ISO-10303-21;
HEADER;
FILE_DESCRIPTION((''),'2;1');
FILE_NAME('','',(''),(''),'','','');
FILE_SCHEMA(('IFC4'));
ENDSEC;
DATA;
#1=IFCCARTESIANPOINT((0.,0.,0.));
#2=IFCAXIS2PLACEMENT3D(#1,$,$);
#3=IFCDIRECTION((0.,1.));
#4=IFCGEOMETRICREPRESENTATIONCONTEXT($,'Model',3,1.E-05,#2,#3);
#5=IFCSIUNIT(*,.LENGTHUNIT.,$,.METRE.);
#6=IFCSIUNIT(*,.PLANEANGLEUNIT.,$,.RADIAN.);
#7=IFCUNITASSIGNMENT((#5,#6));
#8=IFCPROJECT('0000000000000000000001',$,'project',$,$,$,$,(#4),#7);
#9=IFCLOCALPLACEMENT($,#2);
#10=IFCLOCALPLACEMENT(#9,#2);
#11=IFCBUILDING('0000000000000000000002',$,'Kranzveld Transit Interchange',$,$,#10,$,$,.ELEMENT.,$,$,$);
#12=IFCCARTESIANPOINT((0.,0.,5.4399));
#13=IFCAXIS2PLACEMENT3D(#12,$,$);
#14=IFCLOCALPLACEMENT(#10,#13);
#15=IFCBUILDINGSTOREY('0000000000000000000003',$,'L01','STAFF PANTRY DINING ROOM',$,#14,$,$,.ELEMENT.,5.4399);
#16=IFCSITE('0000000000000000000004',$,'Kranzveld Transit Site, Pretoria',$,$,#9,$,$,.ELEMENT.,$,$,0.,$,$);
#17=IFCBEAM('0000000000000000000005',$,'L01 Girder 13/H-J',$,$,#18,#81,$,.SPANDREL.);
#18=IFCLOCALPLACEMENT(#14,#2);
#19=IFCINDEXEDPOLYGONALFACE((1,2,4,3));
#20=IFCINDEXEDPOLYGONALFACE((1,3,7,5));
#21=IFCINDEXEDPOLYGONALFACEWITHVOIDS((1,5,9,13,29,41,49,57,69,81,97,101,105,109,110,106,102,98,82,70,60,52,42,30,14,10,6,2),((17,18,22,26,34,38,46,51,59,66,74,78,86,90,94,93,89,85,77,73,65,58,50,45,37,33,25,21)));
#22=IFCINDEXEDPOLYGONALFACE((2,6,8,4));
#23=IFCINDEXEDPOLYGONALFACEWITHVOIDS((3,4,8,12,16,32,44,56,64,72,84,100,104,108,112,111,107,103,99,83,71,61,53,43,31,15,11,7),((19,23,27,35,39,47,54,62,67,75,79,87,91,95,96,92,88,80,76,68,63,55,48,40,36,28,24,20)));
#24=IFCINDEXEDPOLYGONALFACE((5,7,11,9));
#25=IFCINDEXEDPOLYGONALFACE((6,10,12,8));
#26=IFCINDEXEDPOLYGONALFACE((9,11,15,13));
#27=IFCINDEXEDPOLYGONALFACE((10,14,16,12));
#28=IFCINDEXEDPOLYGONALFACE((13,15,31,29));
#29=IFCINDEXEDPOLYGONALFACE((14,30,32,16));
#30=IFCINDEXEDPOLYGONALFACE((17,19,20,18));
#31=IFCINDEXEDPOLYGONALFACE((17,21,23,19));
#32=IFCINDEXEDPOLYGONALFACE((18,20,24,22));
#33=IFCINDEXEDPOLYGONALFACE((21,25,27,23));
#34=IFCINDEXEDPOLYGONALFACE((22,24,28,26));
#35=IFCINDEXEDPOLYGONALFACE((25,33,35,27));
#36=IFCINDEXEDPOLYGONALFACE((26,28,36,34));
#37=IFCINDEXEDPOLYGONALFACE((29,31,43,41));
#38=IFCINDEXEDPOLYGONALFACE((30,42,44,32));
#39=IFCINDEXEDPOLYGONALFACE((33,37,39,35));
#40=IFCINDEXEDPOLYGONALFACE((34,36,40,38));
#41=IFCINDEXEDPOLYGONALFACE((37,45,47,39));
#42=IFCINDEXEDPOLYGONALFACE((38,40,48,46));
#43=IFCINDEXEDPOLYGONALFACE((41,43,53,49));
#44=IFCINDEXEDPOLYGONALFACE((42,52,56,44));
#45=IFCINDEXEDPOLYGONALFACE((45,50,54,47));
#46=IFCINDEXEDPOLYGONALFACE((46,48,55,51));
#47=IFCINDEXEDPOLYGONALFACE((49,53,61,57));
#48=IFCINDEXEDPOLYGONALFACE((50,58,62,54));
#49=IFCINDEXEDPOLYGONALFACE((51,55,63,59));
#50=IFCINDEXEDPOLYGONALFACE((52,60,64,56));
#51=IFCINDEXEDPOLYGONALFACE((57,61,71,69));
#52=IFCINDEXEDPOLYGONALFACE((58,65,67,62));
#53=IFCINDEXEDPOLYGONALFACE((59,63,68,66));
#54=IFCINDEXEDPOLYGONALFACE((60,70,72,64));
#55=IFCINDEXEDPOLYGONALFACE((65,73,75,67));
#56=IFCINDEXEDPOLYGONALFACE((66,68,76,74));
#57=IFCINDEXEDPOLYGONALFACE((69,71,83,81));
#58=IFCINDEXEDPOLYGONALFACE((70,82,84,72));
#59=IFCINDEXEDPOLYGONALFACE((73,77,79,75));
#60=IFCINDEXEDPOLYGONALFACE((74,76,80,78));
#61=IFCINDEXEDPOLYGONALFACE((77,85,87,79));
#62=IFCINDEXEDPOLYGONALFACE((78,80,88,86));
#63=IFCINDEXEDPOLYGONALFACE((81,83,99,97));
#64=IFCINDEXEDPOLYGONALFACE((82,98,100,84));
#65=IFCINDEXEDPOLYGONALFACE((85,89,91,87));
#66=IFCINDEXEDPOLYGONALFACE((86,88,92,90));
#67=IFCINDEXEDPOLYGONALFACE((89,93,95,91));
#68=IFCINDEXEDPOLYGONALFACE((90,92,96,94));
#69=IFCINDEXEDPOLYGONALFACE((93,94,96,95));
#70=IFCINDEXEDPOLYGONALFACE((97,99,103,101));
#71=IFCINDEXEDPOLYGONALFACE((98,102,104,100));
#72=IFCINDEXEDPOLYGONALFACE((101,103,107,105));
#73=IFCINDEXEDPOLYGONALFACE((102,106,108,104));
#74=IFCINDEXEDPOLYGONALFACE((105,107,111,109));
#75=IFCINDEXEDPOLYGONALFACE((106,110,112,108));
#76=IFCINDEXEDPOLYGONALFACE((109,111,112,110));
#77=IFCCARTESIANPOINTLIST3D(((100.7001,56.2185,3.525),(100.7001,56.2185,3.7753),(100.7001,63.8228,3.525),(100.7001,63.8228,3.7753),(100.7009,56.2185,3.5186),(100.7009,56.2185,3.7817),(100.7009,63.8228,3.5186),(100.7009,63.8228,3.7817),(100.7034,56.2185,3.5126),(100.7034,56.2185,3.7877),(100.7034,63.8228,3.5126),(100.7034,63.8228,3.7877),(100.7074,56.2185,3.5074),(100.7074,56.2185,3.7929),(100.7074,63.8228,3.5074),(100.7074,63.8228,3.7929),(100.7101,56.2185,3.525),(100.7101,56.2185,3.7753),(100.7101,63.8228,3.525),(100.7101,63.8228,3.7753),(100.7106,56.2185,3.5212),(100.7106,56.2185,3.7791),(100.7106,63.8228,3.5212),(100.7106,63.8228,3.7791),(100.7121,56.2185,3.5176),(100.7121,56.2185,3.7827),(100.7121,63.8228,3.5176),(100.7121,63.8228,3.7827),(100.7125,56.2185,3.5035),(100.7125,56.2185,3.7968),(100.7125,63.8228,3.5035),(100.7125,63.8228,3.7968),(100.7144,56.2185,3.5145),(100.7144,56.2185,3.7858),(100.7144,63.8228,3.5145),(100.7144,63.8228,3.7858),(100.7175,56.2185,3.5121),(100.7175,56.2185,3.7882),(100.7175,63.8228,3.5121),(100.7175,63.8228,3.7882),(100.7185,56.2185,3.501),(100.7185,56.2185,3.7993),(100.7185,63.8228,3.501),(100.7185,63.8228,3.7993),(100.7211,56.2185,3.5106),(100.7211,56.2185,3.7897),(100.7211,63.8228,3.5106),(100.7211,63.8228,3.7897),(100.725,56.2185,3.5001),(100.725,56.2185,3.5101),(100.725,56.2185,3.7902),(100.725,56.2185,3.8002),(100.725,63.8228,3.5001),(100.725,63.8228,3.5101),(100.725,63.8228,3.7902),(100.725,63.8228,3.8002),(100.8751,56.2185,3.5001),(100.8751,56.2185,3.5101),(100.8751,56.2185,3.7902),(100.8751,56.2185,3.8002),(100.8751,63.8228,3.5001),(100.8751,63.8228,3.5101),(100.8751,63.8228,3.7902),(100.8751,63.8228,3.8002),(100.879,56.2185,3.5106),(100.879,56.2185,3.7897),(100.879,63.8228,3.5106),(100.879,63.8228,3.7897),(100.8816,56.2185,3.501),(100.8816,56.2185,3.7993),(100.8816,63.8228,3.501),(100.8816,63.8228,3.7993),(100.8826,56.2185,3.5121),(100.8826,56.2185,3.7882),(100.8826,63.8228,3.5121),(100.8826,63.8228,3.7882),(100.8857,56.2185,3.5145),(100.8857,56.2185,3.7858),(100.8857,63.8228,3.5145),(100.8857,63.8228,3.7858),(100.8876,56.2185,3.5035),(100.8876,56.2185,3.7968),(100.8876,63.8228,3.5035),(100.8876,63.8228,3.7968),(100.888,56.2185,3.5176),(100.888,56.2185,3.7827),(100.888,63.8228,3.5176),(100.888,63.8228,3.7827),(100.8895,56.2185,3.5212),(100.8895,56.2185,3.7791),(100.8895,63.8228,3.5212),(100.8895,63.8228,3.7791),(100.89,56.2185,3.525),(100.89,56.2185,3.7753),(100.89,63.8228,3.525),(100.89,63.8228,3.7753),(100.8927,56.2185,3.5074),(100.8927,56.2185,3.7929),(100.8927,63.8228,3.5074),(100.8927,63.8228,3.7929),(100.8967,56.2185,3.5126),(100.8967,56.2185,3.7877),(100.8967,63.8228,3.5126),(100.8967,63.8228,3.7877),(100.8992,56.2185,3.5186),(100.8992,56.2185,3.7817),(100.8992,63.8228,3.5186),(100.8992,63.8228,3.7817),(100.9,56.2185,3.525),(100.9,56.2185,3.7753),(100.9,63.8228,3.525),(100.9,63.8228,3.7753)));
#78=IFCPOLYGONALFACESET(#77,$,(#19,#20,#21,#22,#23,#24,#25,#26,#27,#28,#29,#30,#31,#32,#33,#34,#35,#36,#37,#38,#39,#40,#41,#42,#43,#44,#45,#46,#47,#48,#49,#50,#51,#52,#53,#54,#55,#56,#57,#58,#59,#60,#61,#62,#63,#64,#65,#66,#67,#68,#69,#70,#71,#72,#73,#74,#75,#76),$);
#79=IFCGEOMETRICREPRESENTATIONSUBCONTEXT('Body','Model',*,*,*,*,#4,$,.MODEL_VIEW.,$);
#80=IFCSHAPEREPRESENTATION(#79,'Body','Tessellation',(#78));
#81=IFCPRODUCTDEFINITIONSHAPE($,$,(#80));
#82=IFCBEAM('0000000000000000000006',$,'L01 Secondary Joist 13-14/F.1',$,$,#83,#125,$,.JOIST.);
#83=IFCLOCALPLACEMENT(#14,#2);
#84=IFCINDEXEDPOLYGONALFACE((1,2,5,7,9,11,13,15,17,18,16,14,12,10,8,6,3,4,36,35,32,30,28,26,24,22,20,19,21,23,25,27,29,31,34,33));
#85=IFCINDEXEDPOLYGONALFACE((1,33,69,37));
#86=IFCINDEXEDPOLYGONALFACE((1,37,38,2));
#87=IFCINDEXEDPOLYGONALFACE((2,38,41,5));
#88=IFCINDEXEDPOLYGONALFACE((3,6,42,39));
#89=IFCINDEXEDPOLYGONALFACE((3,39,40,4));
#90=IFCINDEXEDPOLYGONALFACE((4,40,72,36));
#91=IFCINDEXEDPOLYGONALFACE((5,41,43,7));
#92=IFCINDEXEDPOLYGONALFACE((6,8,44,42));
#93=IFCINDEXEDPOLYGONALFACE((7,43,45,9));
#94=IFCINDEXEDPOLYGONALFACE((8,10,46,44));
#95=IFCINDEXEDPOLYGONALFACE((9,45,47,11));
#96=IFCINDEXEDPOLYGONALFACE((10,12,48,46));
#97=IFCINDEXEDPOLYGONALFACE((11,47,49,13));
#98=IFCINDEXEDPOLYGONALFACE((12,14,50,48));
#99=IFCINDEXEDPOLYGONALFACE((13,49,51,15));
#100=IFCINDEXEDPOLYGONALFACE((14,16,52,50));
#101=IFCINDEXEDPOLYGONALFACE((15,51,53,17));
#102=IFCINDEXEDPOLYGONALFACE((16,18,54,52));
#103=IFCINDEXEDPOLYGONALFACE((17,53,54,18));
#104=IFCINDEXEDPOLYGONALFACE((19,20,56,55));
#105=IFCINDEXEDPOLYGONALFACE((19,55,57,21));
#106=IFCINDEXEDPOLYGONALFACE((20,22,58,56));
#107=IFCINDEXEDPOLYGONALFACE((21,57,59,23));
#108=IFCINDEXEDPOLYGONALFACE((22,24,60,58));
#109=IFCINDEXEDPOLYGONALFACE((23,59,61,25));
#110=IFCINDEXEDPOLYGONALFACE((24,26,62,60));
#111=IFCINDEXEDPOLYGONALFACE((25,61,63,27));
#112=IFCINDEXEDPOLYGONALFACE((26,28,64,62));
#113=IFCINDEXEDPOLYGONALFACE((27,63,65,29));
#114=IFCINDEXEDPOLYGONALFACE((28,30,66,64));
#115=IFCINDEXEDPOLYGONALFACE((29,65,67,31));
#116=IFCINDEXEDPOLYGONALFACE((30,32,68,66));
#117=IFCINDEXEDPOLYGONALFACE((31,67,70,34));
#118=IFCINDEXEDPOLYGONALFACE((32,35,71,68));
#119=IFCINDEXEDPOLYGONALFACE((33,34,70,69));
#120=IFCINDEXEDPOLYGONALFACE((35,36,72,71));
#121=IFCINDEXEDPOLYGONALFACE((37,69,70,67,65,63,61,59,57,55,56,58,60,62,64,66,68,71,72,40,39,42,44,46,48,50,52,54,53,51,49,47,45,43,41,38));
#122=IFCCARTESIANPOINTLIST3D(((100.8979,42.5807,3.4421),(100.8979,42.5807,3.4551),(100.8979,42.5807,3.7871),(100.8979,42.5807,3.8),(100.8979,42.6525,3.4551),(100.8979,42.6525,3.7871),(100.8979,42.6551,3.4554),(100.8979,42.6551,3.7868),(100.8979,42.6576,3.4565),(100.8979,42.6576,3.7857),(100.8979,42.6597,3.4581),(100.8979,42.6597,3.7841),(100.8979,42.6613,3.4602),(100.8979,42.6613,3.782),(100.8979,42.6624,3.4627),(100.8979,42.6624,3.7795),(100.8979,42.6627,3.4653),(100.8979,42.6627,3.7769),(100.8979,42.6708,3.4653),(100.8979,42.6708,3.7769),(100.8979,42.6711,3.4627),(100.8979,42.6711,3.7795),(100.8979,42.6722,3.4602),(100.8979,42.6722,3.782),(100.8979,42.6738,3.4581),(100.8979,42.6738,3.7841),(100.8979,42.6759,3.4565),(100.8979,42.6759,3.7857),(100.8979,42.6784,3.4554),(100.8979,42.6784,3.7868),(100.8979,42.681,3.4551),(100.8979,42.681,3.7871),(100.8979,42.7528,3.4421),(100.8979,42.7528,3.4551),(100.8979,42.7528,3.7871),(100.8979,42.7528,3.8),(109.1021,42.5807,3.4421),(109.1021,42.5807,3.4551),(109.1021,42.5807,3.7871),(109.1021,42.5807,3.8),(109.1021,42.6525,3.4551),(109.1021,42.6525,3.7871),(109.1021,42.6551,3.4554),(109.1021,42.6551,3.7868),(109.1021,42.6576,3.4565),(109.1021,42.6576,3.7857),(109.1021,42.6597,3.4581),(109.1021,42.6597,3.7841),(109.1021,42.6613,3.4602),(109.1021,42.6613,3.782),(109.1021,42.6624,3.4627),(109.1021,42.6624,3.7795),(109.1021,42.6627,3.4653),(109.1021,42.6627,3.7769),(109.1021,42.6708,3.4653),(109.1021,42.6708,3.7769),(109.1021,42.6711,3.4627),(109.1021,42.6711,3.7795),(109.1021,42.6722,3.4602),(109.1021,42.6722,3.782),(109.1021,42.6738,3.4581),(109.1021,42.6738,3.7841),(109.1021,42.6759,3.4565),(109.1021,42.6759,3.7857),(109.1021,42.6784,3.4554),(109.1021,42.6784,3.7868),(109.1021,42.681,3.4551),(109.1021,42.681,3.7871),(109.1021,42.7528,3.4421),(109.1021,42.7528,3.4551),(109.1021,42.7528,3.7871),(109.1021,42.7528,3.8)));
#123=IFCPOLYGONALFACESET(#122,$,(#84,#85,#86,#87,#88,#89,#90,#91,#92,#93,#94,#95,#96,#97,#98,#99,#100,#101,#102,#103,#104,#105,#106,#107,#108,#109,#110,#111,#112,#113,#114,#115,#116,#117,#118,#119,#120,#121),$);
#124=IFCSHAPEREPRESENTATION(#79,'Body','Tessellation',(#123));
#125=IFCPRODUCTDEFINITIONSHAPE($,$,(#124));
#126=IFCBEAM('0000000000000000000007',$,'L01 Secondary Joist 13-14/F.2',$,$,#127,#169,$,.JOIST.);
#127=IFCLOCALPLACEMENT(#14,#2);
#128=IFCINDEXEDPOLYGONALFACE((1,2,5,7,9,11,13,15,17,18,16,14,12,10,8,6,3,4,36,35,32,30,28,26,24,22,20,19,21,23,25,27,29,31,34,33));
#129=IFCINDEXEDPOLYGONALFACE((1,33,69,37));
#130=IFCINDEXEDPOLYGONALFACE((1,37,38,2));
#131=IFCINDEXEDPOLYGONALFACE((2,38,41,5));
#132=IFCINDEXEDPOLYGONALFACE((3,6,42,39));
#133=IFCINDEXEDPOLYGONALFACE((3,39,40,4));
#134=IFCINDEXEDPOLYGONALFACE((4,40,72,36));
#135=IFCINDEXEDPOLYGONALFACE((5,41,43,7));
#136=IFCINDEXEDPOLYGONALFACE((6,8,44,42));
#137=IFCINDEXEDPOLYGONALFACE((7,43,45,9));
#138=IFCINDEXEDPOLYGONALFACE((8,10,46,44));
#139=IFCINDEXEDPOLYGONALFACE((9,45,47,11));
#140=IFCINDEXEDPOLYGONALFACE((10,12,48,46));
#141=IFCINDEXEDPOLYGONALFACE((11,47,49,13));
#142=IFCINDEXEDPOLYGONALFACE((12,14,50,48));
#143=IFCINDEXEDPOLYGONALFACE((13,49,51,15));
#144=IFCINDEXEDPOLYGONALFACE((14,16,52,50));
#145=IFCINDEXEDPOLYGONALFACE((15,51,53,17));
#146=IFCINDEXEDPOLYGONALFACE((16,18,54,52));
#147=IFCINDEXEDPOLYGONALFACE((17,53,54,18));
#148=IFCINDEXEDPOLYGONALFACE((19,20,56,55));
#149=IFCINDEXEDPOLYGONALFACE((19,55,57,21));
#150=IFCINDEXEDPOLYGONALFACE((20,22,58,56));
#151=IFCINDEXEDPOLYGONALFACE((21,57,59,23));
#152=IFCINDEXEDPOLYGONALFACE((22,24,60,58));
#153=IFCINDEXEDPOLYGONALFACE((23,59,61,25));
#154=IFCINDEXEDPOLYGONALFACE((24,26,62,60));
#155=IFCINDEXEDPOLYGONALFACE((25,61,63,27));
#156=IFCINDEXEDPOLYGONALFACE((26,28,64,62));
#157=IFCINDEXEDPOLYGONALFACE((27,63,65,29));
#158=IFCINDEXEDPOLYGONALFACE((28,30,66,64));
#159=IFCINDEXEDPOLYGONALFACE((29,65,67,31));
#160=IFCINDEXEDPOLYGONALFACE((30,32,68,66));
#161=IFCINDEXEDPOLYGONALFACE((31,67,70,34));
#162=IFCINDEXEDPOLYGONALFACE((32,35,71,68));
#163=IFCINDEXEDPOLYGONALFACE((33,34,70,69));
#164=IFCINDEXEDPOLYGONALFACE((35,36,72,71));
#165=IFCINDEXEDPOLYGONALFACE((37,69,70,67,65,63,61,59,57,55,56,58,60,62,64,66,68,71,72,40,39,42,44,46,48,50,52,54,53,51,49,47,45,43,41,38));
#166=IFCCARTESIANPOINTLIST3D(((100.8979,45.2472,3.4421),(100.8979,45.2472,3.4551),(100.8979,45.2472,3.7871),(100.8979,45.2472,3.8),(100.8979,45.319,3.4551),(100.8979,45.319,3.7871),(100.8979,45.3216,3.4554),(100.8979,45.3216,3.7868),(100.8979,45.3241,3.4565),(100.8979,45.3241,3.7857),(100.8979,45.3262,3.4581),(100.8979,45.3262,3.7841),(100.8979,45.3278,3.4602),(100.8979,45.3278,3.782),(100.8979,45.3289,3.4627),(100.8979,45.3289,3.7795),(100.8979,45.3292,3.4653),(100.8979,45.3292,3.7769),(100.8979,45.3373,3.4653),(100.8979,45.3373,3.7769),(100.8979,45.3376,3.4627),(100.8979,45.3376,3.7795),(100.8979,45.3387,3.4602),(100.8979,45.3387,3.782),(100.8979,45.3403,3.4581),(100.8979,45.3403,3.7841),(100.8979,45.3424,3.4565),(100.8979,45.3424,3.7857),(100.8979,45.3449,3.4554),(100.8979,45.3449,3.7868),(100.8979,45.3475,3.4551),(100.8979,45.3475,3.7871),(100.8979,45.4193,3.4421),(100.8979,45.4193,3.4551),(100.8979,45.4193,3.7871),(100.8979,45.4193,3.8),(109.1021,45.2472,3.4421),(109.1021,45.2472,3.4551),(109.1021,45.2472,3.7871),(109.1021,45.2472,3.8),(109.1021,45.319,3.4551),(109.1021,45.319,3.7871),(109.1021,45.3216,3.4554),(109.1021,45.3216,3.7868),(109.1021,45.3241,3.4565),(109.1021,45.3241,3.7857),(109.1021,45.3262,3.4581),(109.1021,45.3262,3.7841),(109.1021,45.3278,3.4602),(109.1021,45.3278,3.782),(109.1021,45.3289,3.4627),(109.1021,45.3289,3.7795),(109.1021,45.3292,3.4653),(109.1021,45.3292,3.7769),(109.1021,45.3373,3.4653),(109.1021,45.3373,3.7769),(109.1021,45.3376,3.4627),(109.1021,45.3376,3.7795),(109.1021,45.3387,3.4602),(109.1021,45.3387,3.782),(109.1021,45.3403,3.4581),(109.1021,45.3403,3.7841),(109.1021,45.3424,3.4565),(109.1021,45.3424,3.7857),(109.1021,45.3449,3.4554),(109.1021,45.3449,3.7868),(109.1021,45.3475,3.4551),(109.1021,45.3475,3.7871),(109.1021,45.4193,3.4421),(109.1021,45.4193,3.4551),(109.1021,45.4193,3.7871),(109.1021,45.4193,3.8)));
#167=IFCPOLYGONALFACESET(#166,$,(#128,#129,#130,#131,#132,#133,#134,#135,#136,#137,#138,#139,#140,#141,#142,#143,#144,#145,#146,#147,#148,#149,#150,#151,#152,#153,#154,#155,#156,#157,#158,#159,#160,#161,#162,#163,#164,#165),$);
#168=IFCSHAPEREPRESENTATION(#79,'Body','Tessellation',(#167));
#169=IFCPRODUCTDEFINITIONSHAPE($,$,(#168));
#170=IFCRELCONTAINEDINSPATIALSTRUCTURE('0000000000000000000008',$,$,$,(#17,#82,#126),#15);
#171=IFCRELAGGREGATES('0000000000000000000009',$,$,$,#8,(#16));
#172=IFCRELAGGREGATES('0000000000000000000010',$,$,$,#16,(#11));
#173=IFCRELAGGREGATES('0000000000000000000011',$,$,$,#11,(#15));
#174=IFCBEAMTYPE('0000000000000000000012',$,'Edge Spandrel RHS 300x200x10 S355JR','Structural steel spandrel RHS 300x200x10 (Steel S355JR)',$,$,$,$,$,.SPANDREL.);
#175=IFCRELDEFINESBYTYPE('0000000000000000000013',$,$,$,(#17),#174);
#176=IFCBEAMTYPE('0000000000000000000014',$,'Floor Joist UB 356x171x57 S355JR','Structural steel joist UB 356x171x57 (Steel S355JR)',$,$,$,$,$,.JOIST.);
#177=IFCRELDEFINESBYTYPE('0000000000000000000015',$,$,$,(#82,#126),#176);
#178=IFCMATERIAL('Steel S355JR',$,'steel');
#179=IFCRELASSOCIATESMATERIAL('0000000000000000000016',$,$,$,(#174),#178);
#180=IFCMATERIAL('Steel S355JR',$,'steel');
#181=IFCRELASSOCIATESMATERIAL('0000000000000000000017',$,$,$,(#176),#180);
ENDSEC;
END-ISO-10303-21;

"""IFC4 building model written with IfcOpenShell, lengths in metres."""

from ifc_helpers import new_model, si_unit, direction, frame, origin, origin_2d, place, context, subcontext, project, spatial, hollow_rectangle, i_section, extrude, material, material_profile, profile_set, type_object, element, save


model = new_model("IFC4")

# Units and contexts
model_context = context("Model", 3, precision=1e-05, world=origin(), true_north=direction((0.0, 1.0)))
body_context = subcontext(model_context, "Body", "Model", "MODEL_VIEW")
ifc_project = project(units=[si_unit("LENGTHUNIT", "METRE"), si_unit("PLANEANGLEUNIT", "RADIAN")], contexts=[model_context])

# Site, building, storey
site_placement = place(None, origin())
site = spatial("IfcSite", under=ifc_project, at=site_placement, Name="Kranzveld Transit Site, Pretoria", CompositionType="ELEMENT", RefElevation=0.0)
building_placement = place(site_placement, origin())
building = spatial("IfcBuilding", under=site, at=building_placement, Name="Kranzveld Transit Interchange", CompositionType="ELEMENT")
storey_placement = place(building_placement, frame((0.0, 0.0, 5.4399)))
storey = spatial("IfcBuildingStorey", under=building, at=storey_placement, Name="L01", Description="STAFF PANTRY DINING ROOM", CompositionType="ELEMENT", Elevation=5.4399)

# Beams
ifc_material_1 = material(Name="Steel S355JR", Category="steel")
ifc_material_profile_1 = material_profile(ifc_material_1, hollow_rectangle(XDim=0.2, YDim=0.3, WallThickness=0.01, InnerFilletRadius=0.0149, OuterFilletRadius=0.0249, at=origin_2d()), Name="RHS 300x200x10")
ifc_profile_set_1 = profile_set([ifc_material_profile_1], Name="Steel S355JR")
beam_type_1 = type_object("IfcBeamType", Name="Edge Spandrel RHS 300x200x10 S355JR", Description="Structural steel spandrel RHS 300x200x10 (Steel S355JR)", PredefinedType="SPANDREL", material=ifc_profile_set_1)
beam_1_placement = place(storey_placement, frame((100.8, 56.2185, 3.6501), z_axis=(0.0, 1.0, 0.0), x_axis=(-1.0, 0.0, 0.0)))
element("IfcBeam", 1, at=beam_1_placement, inside=storey, type_object=beam_type_1, Name="L01 Girder 13/H-J", PredefinedType="SPANDREL", context=body_context, shape_type="SweptSolid", body=[
    extrude(hollow_rectangle(XDim=0.2, YDim=0.3, WallThickness=0.01, InnerFilletRadius=0.0149, OuterFilletRadius=0.0249, at=origin_2d()), origin(), (0.0, 0.0, 1.0), 7.6042),
])
ifc_material_2 = material(Name="Steel S355JR", Category="steel")
ifc_material_profile_2 = material_profile(ifc_material_2, i_section(OverallWidth=0.1721, OverallDepth=0.3579, WebThickness=0.0081, FlangeThickness=0.0129, FilletRadius=0.0103, at=origin_2d()), Name="UB 356x171x57")
ifc_profile_set_2 = profile_set([ifc_material_profile_2], Name="Steel S355JR")
beam_type_2 = type_object("IfcBeamType", Name="Floor Joist UB 356x171x57 S355JR", Description="Structural steel joist UB 356x171x57 (Steel S355JR)", PredefinedType="JOIST", material=ifc_profile_set_2)
for number, where, z_axis, x_axis, name in (
    (2, (100.8979, 42.6667, 3.6211), (1.0, 0.0, 0.0), (0.0, 1.0, 0.0), "L01 Secondary Joist 13-14/F.1"),
    (3, (100.8979, 45.3333, 3.6211), (1.0, 0.0, 0.0), (0.0, 1.0, 0.0), "L01 Secondary Joist 13-14/F.2"),
):
    element("IfcBeam", number, at=place(storey_placement, frame(where, z_axis=z_axis, x_axis=x_axis)), inside=storey, type_object=beam_type_2, Name=name, PredefinedType="JOIST", context=body_context, shape_type="SweptSolid", body=[
        extrude(i_section(OverallWidth=0.1721, OverallDepth=0.3579, WebThickness=0.0081, FlangeThickness=0.0129, FilletRadius=0.0103, at=origin_2d()), origin(), (0.0, 0.0, 1.0), 8.2041),
    ])

save(model, "model.ifc")
